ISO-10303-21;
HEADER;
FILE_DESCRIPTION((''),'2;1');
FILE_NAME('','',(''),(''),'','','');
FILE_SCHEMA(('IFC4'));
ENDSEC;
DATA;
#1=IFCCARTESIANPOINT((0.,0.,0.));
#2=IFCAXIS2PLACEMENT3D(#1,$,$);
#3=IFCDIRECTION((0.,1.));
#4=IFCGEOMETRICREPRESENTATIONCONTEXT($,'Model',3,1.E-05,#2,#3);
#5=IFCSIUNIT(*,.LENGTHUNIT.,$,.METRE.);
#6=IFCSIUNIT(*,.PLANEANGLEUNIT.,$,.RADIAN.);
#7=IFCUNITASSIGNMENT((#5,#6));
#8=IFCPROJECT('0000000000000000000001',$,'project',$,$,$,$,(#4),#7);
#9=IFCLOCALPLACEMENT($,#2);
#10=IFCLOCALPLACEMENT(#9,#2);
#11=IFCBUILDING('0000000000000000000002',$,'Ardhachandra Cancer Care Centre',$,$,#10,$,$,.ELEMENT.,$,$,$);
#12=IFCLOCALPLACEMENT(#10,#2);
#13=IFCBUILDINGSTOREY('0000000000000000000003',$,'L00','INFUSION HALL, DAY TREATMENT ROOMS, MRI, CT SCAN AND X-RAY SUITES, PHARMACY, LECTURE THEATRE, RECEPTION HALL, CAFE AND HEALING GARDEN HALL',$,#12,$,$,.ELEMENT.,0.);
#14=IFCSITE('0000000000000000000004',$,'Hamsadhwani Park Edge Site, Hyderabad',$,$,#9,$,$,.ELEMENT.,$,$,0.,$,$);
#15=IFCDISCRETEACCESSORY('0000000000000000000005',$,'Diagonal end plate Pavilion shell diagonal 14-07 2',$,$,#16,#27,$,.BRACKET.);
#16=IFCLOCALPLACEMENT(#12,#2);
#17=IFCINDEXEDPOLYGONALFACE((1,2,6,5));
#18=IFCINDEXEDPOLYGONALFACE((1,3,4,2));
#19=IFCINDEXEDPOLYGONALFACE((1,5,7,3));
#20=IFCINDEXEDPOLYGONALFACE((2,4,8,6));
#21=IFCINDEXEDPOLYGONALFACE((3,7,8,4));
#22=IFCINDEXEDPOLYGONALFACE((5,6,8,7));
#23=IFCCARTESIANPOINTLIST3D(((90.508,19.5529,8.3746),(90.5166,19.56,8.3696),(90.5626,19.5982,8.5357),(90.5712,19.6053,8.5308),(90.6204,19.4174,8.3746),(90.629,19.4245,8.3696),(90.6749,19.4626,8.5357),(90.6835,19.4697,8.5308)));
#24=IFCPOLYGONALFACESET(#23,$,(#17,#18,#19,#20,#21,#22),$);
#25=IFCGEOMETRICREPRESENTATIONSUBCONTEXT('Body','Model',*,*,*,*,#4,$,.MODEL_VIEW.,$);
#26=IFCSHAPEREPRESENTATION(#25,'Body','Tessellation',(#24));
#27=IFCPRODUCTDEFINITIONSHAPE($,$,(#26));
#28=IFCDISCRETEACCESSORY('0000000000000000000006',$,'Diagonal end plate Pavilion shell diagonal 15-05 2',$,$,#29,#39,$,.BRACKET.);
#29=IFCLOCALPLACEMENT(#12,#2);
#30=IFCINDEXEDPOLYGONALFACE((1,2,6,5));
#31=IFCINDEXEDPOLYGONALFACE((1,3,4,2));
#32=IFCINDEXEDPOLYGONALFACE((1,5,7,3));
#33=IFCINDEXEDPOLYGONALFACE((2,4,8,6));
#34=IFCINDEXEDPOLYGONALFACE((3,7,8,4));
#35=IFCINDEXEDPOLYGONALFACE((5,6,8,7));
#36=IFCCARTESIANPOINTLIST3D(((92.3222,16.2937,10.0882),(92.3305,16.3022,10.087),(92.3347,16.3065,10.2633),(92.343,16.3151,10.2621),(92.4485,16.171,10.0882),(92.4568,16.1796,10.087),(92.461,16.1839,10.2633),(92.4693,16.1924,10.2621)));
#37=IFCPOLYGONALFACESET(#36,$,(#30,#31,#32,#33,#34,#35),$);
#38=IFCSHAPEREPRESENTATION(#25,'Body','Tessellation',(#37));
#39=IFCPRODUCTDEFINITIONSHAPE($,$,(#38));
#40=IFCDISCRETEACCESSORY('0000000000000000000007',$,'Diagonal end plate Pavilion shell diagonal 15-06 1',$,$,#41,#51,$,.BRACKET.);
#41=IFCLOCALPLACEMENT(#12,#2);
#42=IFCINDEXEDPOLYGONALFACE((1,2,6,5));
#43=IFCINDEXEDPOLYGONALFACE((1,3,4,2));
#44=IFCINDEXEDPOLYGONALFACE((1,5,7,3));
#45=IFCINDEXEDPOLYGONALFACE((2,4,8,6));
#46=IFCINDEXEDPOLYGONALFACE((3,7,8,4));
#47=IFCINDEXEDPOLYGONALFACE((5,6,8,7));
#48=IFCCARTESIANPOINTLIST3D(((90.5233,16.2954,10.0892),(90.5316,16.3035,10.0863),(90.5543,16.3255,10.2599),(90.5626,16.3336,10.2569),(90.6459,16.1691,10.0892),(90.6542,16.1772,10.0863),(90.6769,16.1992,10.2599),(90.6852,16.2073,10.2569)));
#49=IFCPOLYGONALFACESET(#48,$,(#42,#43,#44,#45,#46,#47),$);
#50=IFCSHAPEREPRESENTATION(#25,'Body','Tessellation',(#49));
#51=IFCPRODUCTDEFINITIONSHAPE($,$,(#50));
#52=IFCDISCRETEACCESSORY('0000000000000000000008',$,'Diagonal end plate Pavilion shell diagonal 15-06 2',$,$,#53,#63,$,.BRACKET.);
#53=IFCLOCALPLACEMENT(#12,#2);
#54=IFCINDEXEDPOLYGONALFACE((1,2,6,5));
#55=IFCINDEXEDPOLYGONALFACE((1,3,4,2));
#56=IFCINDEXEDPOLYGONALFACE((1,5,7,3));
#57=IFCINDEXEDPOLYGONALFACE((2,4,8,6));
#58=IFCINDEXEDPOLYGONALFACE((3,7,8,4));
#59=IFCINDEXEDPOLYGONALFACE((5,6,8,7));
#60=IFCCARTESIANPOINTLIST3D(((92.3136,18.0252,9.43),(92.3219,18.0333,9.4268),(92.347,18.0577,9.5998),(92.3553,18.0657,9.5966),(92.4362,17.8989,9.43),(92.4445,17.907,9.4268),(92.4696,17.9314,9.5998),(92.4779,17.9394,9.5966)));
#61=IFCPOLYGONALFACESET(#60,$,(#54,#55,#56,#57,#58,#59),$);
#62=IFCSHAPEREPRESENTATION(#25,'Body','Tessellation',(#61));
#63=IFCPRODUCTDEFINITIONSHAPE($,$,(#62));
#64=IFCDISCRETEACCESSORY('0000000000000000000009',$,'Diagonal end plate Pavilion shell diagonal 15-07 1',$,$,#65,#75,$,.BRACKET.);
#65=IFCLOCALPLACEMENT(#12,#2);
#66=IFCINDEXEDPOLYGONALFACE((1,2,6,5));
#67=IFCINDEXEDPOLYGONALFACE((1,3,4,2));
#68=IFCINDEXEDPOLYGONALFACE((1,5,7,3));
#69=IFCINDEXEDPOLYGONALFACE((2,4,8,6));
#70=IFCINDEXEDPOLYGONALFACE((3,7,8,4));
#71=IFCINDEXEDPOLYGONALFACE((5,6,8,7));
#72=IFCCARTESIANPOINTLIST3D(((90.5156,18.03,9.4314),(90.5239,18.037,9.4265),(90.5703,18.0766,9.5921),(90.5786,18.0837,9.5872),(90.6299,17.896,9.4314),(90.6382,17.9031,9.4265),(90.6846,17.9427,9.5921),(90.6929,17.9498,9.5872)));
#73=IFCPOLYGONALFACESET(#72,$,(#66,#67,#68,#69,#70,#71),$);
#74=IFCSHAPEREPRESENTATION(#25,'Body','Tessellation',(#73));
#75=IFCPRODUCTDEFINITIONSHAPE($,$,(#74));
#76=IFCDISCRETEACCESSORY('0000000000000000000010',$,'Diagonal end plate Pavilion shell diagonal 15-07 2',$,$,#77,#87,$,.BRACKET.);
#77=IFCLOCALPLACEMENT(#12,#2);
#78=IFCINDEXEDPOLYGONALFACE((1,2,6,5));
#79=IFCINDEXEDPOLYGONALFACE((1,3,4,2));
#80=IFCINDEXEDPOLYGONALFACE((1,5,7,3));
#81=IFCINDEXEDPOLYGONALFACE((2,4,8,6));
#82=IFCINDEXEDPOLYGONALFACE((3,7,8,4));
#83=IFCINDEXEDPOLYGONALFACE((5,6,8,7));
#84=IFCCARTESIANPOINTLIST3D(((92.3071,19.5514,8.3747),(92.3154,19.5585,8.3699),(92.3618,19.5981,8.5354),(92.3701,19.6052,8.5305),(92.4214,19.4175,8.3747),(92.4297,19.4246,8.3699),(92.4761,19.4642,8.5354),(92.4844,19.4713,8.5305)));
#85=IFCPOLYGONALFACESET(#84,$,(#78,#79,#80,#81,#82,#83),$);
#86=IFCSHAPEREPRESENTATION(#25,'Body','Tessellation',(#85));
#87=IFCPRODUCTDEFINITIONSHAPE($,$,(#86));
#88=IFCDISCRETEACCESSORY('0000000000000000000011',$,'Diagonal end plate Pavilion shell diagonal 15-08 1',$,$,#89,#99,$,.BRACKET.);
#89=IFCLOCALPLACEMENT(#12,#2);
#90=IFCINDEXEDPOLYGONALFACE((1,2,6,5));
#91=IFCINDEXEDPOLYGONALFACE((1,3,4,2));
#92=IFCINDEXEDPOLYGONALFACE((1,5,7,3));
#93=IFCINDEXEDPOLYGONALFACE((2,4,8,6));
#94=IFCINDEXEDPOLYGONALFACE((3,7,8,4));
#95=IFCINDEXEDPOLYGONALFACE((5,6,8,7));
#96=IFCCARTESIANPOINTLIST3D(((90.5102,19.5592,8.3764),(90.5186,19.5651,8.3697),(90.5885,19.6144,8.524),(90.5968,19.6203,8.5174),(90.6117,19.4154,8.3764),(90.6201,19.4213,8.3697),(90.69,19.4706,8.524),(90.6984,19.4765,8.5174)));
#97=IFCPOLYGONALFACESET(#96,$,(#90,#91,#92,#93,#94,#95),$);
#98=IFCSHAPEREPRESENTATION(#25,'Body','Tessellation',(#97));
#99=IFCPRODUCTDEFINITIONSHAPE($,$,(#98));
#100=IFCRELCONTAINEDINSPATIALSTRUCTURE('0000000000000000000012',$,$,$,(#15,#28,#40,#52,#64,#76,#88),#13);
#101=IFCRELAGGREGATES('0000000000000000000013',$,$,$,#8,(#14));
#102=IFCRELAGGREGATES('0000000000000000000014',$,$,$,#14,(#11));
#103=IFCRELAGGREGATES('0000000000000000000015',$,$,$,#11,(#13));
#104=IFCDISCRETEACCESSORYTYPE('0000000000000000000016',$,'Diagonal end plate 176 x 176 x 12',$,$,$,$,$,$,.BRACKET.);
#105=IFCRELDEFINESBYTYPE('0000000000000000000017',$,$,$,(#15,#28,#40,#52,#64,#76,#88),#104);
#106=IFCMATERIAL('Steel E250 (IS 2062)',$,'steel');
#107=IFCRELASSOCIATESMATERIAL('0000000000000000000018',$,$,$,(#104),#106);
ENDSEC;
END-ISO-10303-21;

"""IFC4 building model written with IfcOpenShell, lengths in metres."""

from ifc_helpers import new_model, si_unit, direction, frame, origin, origin_2d, place, context, subcontext, project, spatial, rectangle, extrude, material, material_profile, profile_set, type_object, element, save


model = new_model("IFC4")

# Units and contexts
model_context = context("Model", 3, precision=1e-05, world=origin(), true_north=direction((0.0, 1.0)))
body_context = subcontext(model_context, "Body", "Model", "MODEL_VIEW")
ifc_project = project(units=[si_unit("LENGTHUNIT", "METRE"), si_unit("PLANEANGLEUNIT", "RADIAN")], contexts=[model_context])

# Site, building, storey
site_placement = place(None, origin())
site = spatial("IfcSite", under=ifc_project, at=site_placement, Name="Hamsadhwani Park Edge Site, Hyderabad", CompositionType="ELEMENT", RefElevation=0.0)
building_placement = place(site_placement, origin())
building = spatial("IfcBuilding", under=site, at=building_placement, Name="Ardhachandra Cancer Care Centre", CompositionType="ELEMENT")
storey_placement = place(building_placement, origin())
storey = spatial("IfcBuildingStorey", under=building, at=storey_placement, Name="L00", Description="INFUSION HALL, DAY TREATMENT ROOMS, MRI, CT SCAN AND X-RAY SUITES, PHARMACY, LECTURE THEATRE, RECEPTION HALL, CAFE AND HEALING GARDEN HALL", CompositionType="ELEMENT", Elevation=0.0)

# Discrete accessories
ifc_material_1 = material(Name="Steel E250 (IS 2062)", Category="steel")
ifc_material_profile_1 = material_profile(ifc_material_1, rectangle(XDim=0.176, YDim=0.176, at=origin_2d()), Name="PL 176x176x12")
ifc_profile_set_1 = profile_set([ifc_material_profile_1], Name="Steel E250 (IS 2062)")
discrete_accessory_type = type_object("IfcDiscreteAccessoryType", Name="Diagonal end plate 176 x 176 x 12", PredefinedType="BRACKET", material=ifc_profile_set_1)
discrete_accessory_1_placement = place(storey_placement, frame((90.6001, 19.5149, 8.4502), z_axis=(-0.704809, -0.583985, 0.402748), x_axis=(0.638018, -0.770022, 0.0)))
element("IfcDiscreteAccessory", 1, at=discrete_accessory_1_placement, inside=storey, type_object=discrete_accessory_type, Name="Diagonal end plate Pavilion shell diagonal 14-07 2", PredefinedType="BRACKET", context=body_context, shape_type="SweptSolid", body=[
    extrude(rectangle(XDim=0.176, YDim=0.176, at=origin_2d()), origin(), (0.0, 0.0, 1.0), 0.0122),
])
for number, where, z_axis, x_axis, name in (
    (2, (92.3999, 16.2473, 10.1746), (-0.693156, -0.713543, 0.101935), (0.717279, -0.696786, 0.0), "Diagonal end plate Pavilion shell diagonal 15-05 2"),
    (3, (90.6001, 16.2473, 10.1746), (0.695618, 0.675159, -0.245512), (-0.696475, 0.717581, 0.0), "Diagonal end plate Pavilion shell diagonal 15-06 1"),
    (4, (92.3999, 17.9863, 9.5117), (-0.692007, -0.671654, 0.264591), (0.696475, -0.717581, 0.0), "Diagonal end plate Pavilion shell diagonal 15-06 2"),
    (5, (90.6001, 17.9863, 9.5117), (0.694456, 0.59233, -0.408504), (-0.648947, 0.760834, 0.0), "Diagonal end plate Pavilion shell diagonal 15-07 1"),
    (6, (92.3999, 19.5149, 8.4502), (-0.694456, -0.59233, 0.408504), (0.648947, -0.760834, 0.0), "Diagonal end plate Pavilion shell diagonal 15-07 2"),
):
    element("IfcDiscreteAccessory", number, at=place(storey_placement, frame(where, z_axis=z_axis, x_axis=x_axis)), inside=storey, type_object=discrete_accessory_type, Name=name, PredefinedType="BRACKET", context=body_context, shape_type="SweptSolid", body=[
        extrude(rectangle(XDim=0.176, YDim=0.176, at=origin_2d()), origin(), (0.0, 0.0, 1.0), 0.012),
    ])
discrete_accessory_2_placement = place(storey_placement, frame((90.6001, 19.5149, 8.4502), z_axis=(0.685367, 0.483788, -0.544262), x_axis=(-0.576683, 0.816968, 0.0)))
element("IfcDiscreteAccessory", 7, at=discrete_accessory_2_placement, inside=storey, type_object=discrete_accessory_type, Name="Diagonal end plate Pavilion shell diagonal 15-08 1", PredefinedType="BRACKET", context=body_context, shape_type="SweptSolid", body=[
    extrude(rectangle(XDim=0.176, YDim=0.176, at=origin_2d()), origin(), (0.0, 0.0, 1.0), 0.0122),
])

save(model, "model.ifc")
